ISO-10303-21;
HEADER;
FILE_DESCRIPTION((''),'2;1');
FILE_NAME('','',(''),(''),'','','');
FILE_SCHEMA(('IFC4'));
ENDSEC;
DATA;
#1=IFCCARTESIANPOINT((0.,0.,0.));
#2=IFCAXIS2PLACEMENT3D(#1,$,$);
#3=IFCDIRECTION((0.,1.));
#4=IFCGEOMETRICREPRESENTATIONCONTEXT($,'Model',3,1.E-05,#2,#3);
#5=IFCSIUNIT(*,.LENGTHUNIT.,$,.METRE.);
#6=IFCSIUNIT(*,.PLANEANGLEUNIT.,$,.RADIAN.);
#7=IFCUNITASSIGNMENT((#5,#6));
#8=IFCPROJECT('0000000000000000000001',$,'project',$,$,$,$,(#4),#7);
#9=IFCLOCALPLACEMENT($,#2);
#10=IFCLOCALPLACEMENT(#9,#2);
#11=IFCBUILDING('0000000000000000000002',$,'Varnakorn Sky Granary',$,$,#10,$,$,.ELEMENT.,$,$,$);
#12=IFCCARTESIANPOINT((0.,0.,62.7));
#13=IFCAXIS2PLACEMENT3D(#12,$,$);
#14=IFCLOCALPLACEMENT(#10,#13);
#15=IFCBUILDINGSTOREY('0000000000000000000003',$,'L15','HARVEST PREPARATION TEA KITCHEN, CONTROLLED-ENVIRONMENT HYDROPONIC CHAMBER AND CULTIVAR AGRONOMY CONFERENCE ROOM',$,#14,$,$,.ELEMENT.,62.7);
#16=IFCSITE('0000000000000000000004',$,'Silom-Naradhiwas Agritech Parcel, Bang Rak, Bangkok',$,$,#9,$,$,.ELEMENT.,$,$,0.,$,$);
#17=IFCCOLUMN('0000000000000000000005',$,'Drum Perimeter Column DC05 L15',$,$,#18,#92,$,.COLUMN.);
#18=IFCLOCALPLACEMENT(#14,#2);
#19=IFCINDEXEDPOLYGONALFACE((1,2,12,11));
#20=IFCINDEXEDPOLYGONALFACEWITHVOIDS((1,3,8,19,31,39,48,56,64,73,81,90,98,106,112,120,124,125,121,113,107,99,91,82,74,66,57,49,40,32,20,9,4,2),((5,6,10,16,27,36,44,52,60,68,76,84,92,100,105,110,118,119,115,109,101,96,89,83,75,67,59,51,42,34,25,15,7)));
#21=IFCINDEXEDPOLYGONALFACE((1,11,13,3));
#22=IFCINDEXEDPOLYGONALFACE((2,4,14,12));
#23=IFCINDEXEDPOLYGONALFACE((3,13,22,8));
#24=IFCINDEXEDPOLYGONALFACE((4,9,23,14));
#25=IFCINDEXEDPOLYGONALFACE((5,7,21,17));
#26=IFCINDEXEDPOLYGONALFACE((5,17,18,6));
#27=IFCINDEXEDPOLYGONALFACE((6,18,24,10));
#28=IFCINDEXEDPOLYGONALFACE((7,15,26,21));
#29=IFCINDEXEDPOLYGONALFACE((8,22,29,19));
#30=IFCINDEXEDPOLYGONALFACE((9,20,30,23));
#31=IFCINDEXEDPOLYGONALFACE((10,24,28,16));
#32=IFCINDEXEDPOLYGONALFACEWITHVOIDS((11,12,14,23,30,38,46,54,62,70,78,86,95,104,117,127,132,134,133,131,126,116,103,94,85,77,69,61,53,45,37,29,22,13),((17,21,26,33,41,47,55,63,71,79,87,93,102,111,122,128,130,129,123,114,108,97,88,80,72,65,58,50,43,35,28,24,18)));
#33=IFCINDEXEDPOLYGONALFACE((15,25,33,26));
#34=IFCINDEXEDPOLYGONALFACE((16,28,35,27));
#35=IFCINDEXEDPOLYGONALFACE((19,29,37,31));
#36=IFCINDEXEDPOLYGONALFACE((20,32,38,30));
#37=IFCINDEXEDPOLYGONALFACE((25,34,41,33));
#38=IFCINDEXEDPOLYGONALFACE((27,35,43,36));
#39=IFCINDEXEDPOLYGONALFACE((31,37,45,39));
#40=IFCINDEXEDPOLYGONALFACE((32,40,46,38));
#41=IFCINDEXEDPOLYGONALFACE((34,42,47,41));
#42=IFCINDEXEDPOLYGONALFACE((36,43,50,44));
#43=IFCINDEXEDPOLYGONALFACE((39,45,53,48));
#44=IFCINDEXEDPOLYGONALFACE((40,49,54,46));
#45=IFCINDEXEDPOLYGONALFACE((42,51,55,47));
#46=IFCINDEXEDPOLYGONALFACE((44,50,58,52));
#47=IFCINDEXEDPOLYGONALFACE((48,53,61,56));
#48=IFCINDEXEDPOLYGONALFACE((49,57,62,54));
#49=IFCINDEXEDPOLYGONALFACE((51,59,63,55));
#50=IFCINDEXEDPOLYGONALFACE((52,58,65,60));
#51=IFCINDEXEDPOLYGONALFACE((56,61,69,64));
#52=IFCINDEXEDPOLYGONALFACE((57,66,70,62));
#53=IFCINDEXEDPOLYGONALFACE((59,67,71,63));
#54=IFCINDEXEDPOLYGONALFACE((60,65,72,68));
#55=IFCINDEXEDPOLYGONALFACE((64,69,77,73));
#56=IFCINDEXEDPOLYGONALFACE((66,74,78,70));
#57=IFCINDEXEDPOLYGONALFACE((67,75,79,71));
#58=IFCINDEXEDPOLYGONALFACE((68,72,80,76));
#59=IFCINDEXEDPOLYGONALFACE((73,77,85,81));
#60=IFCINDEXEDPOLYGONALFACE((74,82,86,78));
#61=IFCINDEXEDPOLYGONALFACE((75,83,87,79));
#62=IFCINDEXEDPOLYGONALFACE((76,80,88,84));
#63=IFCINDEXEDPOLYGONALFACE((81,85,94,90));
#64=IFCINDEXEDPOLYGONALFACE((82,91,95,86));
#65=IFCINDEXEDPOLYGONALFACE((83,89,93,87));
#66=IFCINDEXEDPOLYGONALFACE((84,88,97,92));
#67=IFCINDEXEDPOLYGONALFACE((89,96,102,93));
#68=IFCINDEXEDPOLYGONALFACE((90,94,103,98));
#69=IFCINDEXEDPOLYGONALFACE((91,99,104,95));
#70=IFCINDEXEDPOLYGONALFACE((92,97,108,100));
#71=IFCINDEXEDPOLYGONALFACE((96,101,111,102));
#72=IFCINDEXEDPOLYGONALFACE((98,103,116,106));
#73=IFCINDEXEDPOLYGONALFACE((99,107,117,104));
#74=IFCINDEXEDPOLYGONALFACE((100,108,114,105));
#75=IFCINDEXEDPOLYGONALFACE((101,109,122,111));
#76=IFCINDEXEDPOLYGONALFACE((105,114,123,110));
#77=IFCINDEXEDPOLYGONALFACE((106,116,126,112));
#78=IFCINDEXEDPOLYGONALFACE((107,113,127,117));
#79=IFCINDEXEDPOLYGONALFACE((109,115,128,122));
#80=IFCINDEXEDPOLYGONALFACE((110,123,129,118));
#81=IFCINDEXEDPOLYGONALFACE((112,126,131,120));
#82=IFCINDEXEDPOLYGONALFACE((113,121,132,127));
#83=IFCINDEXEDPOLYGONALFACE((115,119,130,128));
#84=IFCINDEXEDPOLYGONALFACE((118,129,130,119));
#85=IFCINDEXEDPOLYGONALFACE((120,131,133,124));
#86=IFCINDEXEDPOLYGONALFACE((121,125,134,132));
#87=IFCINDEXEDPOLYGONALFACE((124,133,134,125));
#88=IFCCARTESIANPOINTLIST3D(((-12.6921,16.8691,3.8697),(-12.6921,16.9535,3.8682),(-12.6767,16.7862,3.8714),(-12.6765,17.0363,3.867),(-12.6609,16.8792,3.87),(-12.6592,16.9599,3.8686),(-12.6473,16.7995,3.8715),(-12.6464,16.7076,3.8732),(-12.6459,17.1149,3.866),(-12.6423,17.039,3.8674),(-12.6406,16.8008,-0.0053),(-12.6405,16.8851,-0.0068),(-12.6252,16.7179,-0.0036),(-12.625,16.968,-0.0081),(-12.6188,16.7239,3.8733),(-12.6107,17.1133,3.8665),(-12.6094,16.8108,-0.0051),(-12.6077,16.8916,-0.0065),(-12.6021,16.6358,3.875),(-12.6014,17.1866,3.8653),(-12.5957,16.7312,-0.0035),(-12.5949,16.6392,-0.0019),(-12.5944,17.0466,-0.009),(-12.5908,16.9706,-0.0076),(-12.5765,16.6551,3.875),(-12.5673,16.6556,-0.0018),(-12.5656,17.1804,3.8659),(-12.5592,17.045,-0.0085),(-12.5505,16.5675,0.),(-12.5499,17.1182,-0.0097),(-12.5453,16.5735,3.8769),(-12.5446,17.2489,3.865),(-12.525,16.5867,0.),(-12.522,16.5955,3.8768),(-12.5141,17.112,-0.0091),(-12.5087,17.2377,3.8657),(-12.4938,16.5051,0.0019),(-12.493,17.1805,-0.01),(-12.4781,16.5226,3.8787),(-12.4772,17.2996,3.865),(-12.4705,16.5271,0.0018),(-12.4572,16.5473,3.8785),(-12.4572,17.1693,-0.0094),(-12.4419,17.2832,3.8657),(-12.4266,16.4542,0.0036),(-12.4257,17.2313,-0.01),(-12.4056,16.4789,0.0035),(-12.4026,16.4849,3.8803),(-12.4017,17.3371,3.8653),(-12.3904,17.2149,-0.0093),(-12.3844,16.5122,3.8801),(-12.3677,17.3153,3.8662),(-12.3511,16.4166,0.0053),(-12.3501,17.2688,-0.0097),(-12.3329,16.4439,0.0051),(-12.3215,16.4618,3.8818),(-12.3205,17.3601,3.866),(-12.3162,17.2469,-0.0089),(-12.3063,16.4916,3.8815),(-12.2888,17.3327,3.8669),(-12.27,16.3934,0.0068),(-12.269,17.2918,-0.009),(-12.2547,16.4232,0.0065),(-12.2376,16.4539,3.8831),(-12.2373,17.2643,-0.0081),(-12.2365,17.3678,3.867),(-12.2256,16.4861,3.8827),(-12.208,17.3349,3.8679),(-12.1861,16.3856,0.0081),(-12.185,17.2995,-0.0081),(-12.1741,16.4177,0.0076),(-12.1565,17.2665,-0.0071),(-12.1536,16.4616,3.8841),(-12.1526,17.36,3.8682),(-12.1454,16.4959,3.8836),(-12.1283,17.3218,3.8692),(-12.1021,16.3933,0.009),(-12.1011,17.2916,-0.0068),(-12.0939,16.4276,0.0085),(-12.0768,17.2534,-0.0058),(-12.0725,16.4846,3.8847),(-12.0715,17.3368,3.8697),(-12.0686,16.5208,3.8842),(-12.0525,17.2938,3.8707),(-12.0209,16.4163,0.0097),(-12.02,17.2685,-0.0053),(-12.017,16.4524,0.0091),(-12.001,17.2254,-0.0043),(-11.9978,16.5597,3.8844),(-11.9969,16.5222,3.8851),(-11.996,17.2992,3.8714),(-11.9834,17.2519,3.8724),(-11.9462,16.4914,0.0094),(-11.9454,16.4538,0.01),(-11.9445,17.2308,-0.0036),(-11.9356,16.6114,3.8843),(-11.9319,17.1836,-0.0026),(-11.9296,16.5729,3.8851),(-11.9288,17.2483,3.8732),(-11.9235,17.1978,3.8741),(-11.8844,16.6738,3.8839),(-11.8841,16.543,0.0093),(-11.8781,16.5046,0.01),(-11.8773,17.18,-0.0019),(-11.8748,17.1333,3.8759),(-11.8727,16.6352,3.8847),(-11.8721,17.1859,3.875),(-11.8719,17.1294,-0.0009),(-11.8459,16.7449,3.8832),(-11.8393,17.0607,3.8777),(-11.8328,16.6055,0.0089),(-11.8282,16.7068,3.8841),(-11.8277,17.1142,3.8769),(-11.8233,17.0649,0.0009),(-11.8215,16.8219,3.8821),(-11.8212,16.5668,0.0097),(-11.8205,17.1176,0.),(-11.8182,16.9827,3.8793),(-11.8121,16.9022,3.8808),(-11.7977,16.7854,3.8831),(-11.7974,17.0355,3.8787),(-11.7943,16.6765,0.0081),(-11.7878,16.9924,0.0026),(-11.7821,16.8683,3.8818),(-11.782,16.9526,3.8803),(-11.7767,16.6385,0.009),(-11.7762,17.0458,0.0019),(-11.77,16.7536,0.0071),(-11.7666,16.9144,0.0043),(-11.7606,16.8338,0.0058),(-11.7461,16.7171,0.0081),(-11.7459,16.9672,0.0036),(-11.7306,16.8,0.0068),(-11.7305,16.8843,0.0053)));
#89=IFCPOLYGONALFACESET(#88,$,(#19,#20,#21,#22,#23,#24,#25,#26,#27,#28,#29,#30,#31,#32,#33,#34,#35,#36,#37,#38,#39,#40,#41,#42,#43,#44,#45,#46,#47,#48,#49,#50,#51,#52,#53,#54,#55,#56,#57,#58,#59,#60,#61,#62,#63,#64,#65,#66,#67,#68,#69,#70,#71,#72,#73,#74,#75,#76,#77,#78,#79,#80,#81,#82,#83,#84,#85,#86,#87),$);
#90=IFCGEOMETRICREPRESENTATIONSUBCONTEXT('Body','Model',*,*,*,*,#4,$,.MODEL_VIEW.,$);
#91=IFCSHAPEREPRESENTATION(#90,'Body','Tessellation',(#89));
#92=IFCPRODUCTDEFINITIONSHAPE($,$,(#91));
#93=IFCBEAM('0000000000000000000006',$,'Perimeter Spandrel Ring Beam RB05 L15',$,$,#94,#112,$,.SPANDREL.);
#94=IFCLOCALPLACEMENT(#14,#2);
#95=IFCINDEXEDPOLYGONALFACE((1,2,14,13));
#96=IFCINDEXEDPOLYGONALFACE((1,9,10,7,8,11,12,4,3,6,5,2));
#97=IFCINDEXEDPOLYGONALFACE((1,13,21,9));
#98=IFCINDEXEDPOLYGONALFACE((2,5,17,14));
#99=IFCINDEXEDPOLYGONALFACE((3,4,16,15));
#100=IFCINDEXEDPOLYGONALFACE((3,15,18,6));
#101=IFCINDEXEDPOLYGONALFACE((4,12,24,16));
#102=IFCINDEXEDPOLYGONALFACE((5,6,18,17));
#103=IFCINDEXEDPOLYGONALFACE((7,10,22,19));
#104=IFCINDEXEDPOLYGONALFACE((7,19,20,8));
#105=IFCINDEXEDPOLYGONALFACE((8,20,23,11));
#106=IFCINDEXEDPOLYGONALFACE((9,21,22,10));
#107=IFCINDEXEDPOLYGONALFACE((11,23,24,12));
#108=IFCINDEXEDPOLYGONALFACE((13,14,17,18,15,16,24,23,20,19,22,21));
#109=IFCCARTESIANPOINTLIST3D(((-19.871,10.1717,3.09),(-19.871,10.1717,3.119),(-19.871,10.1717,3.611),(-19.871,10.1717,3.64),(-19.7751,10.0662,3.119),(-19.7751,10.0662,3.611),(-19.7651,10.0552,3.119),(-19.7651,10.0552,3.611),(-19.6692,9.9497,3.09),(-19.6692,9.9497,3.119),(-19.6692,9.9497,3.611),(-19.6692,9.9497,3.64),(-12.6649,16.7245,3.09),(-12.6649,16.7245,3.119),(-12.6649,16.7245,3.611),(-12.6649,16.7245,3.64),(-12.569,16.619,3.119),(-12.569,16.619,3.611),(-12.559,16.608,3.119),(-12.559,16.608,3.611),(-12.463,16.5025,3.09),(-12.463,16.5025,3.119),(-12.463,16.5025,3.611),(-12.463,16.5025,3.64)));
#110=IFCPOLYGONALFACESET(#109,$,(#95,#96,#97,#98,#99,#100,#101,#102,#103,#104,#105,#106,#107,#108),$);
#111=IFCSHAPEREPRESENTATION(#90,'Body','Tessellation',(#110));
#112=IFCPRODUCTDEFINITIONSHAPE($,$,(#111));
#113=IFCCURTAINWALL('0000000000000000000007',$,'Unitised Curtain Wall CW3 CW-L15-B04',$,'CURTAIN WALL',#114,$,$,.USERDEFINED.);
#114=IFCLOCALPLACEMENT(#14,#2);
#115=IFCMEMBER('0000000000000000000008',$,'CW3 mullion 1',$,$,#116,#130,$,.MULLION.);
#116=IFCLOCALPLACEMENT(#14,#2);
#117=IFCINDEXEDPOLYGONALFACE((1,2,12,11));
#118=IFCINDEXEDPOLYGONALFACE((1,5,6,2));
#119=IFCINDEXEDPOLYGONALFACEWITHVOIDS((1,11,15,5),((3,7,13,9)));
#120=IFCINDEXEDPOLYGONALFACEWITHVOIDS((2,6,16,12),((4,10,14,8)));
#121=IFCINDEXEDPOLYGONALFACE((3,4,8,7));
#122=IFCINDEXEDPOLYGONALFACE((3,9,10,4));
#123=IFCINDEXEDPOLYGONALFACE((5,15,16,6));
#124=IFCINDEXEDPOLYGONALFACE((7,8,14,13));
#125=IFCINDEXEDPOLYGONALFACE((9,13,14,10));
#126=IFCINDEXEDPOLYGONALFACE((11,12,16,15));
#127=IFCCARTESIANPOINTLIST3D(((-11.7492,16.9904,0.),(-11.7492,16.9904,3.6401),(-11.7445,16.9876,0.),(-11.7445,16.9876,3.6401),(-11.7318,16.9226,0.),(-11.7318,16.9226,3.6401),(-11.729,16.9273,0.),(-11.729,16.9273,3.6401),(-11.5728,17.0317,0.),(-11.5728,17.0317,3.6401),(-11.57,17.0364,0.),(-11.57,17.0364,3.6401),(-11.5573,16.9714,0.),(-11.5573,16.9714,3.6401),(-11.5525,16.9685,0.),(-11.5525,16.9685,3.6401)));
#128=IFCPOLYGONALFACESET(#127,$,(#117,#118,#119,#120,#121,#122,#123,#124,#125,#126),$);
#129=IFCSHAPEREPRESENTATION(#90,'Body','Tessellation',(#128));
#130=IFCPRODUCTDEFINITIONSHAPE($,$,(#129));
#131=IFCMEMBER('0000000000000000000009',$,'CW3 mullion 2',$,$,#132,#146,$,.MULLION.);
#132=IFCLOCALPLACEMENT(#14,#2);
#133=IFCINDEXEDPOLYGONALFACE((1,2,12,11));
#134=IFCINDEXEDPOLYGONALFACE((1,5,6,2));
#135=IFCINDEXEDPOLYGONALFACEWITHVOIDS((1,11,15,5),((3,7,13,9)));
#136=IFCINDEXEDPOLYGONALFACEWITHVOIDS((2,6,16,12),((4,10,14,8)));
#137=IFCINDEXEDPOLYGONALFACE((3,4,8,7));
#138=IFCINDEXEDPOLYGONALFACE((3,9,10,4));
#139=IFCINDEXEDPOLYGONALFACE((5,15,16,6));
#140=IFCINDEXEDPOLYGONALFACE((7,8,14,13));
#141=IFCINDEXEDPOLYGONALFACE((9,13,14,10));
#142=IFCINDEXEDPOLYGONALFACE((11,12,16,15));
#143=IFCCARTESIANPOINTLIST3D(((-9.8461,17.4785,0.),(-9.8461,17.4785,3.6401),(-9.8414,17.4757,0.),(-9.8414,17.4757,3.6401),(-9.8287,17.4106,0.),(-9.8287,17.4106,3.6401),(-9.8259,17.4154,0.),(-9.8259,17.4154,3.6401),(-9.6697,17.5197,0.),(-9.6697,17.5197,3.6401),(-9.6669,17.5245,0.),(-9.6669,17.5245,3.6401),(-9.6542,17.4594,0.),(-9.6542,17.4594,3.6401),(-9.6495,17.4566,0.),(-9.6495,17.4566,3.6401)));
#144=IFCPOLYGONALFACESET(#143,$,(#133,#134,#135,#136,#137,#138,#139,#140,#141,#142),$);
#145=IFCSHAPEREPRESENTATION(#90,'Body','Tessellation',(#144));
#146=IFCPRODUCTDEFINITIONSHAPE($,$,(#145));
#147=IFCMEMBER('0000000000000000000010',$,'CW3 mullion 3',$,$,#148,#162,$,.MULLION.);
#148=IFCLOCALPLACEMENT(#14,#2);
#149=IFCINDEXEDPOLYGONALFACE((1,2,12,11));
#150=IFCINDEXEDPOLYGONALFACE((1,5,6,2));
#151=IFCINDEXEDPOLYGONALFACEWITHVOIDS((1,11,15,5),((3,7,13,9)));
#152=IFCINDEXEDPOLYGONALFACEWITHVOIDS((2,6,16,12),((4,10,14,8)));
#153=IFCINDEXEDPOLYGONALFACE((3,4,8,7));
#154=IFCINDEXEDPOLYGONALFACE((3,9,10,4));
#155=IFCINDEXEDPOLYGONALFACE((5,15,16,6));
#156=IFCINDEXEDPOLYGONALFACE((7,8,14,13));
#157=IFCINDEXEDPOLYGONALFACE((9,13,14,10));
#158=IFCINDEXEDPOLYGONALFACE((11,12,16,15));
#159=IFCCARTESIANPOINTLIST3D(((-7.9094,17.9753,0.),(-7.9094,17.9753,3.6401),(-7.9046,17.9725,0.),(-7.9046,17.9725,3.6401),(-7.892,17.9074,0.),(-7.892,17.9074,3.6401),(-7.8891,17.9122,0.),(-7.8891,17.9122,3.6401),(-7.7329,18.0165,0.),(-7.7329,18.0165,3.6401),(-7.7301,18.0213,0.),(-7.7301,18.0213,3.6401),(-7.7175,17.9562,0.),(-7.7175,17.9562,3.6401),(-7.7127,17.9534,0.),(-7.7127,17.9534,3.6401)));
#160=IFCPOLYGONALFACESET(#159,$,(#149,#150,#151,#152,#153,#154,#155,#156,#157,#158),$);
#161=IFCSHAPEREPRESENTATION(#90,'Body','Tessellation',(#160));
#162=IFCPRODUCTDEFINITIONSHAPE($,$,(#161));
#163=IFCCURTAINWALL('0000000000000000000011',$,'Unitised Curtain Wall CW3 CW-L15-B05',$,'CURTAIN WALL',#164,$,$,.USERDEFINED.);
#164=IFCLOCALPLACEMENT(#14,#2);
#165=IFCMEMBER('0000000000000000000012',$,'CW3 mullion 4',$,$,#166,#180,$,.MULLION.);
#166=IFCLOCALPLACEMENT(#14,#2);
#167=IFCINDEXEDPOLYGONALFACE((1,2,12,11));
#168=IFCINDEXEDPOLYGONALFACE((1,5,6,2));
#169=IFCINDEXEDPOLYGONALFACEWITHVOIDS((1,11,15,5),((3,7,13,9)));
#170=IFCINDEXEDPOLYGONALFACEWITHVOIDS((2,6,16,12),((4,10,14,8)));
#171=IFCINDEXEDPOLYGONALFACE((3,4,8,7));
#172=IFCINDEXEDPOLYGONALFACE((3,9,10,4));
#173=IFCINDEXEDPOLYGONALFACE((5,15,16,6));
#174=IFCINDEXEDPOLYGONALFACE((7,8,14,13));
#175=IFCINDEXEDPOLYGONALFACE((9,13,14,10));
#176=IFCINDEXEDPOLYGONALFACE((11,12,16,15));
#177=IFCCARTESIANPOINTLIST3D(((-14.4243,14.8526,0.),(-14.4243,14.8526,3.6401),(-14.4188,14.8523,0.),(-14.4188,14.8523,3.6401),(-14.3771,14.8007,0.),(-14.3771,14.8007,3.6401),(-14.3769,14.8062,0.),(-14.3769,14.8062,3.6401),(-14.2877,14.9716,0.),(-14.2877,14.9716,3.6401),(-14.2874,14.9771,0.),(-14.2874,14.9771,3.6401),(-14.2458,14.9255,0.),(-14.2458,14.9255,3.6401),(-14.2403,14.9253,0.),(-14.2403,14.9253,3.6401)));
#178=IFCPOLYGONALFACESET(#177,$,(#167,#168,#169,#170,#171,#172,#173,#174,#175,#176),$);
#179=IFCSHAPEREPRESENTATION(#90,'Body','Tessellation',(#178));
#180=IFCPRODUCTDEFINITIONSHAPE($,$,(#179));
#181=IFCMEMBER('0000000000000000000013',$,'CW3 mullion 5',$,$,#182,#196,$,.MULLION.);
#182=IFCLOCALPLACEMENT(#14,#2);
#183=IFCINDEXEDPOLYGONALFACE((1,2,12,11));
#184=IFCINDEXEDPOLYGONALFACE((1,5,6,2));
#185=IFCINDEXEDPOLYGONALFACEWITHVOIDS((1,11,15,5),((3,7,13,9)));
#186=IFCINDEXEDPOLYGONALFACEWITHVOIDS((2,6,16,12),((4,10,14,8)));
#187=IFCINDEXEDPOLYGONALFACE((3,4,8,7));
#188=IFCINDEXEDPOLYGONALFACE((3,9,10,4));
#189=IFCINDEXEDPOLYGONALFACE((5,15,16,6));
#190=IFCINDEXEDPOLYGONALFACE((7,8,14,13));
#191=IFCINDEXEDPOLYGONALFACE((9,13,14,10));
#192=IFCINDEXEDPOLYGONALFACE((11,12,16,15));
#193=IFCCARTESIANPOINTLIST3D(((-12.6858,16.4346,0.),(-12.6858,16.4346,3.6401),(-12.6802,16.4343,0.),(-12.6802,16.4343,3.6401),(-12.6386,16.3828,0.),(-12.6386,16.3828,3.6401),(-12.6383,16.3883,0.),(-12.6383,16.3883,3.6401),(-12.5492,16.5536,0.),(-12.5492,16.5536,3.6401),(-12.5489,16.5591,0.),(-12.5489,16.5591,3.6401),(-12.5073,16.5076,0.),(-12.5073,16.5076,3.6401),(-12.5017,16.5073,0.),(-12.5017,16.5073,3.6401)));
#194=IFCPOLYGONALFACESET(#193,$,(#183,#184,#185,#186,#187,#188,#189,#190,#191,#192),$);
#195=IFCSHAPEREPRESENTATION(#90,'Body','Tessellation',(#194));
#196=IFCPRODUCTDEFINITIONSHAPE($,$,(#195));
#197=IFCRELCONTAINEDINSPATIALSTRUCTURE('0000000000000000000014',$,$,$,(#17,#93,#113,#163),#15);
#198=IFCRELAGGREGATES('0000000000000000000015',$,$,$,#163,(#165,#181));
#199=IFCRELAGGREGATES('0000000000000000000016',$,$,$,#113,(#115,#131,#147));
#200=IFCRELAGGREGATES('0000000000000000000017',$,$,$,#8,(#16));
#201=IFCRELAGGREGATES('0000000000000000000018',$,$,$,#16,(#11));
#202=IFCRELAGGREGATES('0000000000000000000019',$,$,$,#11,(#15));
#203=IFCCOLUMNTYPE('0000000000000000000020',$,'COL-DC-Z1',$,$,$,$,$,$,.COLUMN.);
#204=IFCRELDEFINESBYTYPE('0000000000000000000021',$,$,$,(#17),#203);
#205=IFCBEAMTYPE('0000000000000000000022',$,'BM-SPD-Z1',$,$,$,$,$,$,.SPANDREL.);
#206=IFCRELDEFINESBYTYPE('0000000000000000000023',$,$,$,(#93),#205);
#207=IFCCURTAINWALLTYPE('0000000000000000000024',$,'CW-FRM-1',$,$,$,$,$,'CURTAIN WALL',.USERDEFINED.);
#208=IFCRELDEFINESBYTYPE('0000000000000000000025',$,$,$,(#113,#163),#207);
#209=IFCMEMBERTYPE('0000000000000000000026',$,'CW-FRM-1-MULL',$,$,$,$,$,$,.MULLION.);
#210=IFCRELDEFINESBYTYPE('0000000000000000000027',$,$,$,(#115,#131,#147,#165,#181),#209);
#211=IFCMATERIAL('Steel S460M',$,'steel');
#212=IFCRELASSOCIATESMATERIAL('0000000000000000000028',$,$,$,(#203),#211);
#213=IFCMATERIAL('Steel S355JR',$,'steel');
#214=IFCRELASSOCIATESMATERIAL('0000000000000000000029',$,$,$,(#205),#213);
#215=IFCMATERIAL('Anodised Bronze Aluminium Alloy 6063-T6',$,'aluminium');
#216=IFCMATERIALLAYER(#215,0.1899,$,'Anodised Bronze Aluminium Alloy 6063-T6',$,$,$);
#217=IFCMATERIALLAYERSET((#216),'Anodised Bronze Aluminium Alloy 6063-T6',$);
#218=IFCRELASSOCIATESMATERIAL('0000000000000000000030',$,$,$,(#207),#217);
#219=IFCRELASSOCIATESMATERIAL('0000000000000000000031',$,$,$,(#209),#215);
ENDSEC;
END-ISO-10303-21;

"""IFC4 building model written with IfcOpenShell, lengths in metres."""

from ifc_helpers import new_model, si_unit, direction, frame, origin, origin_2d, place, context, subcontext, project, spatial, hollow_rectangle, hollow_circle, i_section, extrude, material, layer, layer_set, material_profile, profile_set, type_object, element, aggregate, save


model = new_model("IFC4")

# Units and contexts
model_context = context("Model", 3, precision=1e-05, world=origin(), true_north=direction((0.0, 1.0)))
body_context = subcontext(model_context, "Body", "Model", "MODEL_VIEW")
ifc_project = project(units=[si_unit("LENGTHUNIT", "METRE"), si_unit("PLANEANGLEUNIT", "RADIAN")], contexts=[model_context])

# Site, building, storey
site_placement = place(None, origin())
site = spatial("IfcSite", under=ifc_project, at=site_placement, Name="Silom-Naradhiwas Agritech Parcel, Bang Rak, Bangkok", CompositionType="ELEMENT", RefElevation=0.0)
building_placement = place(site_placement, origin())
building = spatial("IfcBuilding", under=site, at=building_placement, Name="Varnakorn Sky Granary", CompositionType="ELEMENT")
storey_placement = place(building_placement, frame((0.0, 0.0, 62.7)))
storey = spatial("IfcBuildingStorey", under=building, at=storey_placement, Name="L15", Description="HARVEST PREPARATION TEA KITCHEN, CONTROLLED-ENVIRONMENT HYDROPONIC CHAMBER AND CULTIVAR AGRONOMY CONFERENCE ROOM", CompositionType="ELEMENT", Elevation=62.7)

# Column
ifc_material_1 = material(Name="Steel S460M", Category="steel")
ifc_material_profile_1 = material_profile(ifc_material_1, hollow_circle(Radius=0.457, WallThickness=0.032, at=origin_2d()), Name="CHS 914x32")
ifc_profile_set_1 = profile_set([ifc_material_profile_1], Name="Steel S460M")
column_type = type_object("IfcColumnType", Name="COL-DC-Z1", PredefinedType="COLUMN", material=ifc_profile_set_1)
column_placement = place(storey_placement, frame((-12.1855, 16.8425, 0.0), z_axis=(-0.013291, 0.017637, 0.999756), x_axis=(-0.798629, -0.601824, 0.0)))
element("IfcColumn", 1, at=column_placement, inside=storey, type_object=column_type, Name="Drum Perimeter Column DC05 L15", PredefinedType="COLUMN", context=body_context, shape_type="SweptSolid", body=[
    extrude(hollow_circle(Radius=0.457, WallThickness=0.032, at=origin_2d()), origin(), (0.0, 0.0, 1.0), 3.876),
])

# Beam
ifc_material_2 = material(Name="Steel S355JR", Category="steel")
ifc_material_profile_2 = material_profile(ifc_material_2, i_section(OverallWidth=0.3, OverallDepth=0.55, WebThickness=0.0149, FlangeThickness=0.0291, at=origin_2d()), Name="HE 550 B")
ifc_profile_set_2 = profile_set([ifc_material_profile_2], Name="Steel S355JR")
beam_type = type_object("IfcBeamType", Name="BM-SPD-Z1", PredefinedType="SPANDREL", material=ifc_profile_set_2)
beam_placement = place(storey_placement, frame((-12.564, 16.6135, 3.365), z_axis=(-0.739849, -0.672773, 0.0), x_axis=(0.672773, -0.739849, 0.0)))
element("IfcBeam", 2, at=beam_placement, inside=storey, type_object=beam_type, Name="Perimeter Spandrel Ring Beam RB05 L15", PredefinedType="SPANDREL", context=body_context, shape_type="SweptSolid", body=[
    extrude(i_section(OverallWidth=0.3, OverallDepth=0.55, WebThickness=0.0149, FlangeThickness=0.0291, at=origin_2d()), origin(), (0.0, 0.0, 1.0), 9.74),
])

# Curtain walls, members
ifc_material_3 = material(Name="Anodised Bronze Aluminium Alloy 6063-T6", Category="aluminium")
ifc_layer_1 = layer(ifc_material_3, 0.1899, Name="Anodised Bronze Aluminium Alloy 6063-T6")
ifc_layer_set_1 = layer_set([ifc_layer_1], Name="Anodised Bronze Aluminium Alloy 6063-T6")
curtain_wall_type = type_object("IfcCurtainWallType", Name="CW-FRM-1", ElementType="CURTAIN WALL", PredefinedType="USERDEFINED", material=ifc_layer_set_1)
curtain_wall_1_placement = place(storey_placement, origin())
curtain_wall_1 = element("IfcCurtainWall", 3, at=curtain_wall_1_placement, inside=storey, type_object=curtain_wall_type, Name="Unitised Curtain Wall CW3 CW-L15-B04", ObjectType="CURTAIN WALL", PredefinedType="USERDEFINED")
ifc_material_profile_3 = material_profile(ifc_material_3, hollow_rectangle(XDim=0.0701, YDim=0.1851, WallThickness=0.0039, at=origin_2d()), Name="ALU MULL 70x185")
ifc_profile_set_3 = profile_set([ifc_material_profile_3], Name="Anodised Bronze Aluminium Alloy 6063-T6")
member_type_1 = type_object("IfcMemberType", Name="CW-FRM-1-MULL", PredefinedType="MULLION", material=ifc_profile_set_3)
member_1_placement = place(storey_placement, frame((-11.6509, 16.9795, 0.0), z_axis=(0.0, 0.0, 1.0), x_axis=(-0.248436, 0.968648, 0.0)))
member_1 = element("IfcMember", 4, at=member_1_placement, type_object=member_type_1, Name="CW3 mullion 1", PredefinedType="MULLION", context=body_context, shape_type="SweptSolid", body=[
    extrude(hollow_rectangle(XDim=0.0701, YDim=0.1851, WallThickness=0.0039, at=origin_2d()), origin(), (0.0, 0.0, 1.0), 3.6401),
])
member_2_placement = place(storey_placement, frame((-9.7478, 17.4675, 0.0), z_axis=(0.0, 0.0, 1.0), x_axis=(-0.248436, 0.968648, 0.0)))
member_2 = element("IfcMember", 5, at=member_2_placement, type_object=member_type_1, Name="CW3 mullion 2", PredefinedType="MULLION", context=body_context, shape_type="SweptSolid", body=[
    extrude(hollow_rectangle(XDim=0.0701, YDim=0.1851, WallThickness=0.0039, at=origin_2d()), origin(), (0.0, 0.0, 1.0), 3.6401),
])
member_3_placement = place(storey_placement, frame((-7.811, 17.9644, 0.0), z_axis=(0.0, 0.0, 1.0), x_axis=(-0.248436, 0.968648, 0.0)))
member_3 = element("IfcMember", 6, at=member_3_placement, type_object=member_type_1, Name="CW3 mullion 3", PredefinedType="MULLION", context=body_context, shape_type="SweptSolid", body=[
    extrude(hollow_rectangle(XDim=0.0701, YDim=0.1851, WallThickness=0.0039, at=origin_2d()), origin(), (0.0, 0.0, 1.0), 3.6401),
])
curtain_wall_2_placement = place(storey_placement, origin())
curtain_wall_2 = element("IfcCurtainWall", 7, at=curtain_wall_2_placement, inside=storey, type_object=curtain_wall_type, Name="Unitised Curtain Wall CW3 CW-L15-B05", ObjectType="CURTAIN WALL", PredefinedType="USERDEFINED")
member_4_placement = place(storey_placement, frame((-14.3323, 14.8889, 0.0), z_axis=(0.0, 0.0, 1.0), x_axis=(-0.673051, 0.739596, 0.0)))
member_4 = element("IfcMember", 8, at=member_4_placement, type_object=member_type_1, Name="CW3 mullion 4", PredefinedType="MULLION", context=body_context, shape_type="SweptSolid", body=[
    extrude(hollow_rectangle(XDim=0.0701, YDim=0.1851, WallThickness=0.0039, at=origin_2d()), origin(), (0.0, 0.0, 1.0), 3.6401),
])
member_5_placement = place(storey_placement, frame((-12.5938, 16.4709, 0.0), z_axis=(0.0, 0.0, 1.0), x_axis=(-0.673051, 0.739596, 0.0)))
member_5 = element("IfcMember", 9, at=member_5_placement, type_object=member_type_1, Name="CW3 mullion 5", PredefinedType="MULLION", context=body_context, shape_type="SweptSolid", body=[
    extrude(hollow_rectangle(XDim=0.0701, YDim=0.1851, WallThickness=0.0039, at=origin_2d()), origin(), (0.0, 0.0, 1.0), 3.6401),
])

aggregate(curtain_wall_2, [member_4, member_5])
aggregate(curtain_wall_1, [member_1, member_2, member_3])

save(model, "model.ifc")
